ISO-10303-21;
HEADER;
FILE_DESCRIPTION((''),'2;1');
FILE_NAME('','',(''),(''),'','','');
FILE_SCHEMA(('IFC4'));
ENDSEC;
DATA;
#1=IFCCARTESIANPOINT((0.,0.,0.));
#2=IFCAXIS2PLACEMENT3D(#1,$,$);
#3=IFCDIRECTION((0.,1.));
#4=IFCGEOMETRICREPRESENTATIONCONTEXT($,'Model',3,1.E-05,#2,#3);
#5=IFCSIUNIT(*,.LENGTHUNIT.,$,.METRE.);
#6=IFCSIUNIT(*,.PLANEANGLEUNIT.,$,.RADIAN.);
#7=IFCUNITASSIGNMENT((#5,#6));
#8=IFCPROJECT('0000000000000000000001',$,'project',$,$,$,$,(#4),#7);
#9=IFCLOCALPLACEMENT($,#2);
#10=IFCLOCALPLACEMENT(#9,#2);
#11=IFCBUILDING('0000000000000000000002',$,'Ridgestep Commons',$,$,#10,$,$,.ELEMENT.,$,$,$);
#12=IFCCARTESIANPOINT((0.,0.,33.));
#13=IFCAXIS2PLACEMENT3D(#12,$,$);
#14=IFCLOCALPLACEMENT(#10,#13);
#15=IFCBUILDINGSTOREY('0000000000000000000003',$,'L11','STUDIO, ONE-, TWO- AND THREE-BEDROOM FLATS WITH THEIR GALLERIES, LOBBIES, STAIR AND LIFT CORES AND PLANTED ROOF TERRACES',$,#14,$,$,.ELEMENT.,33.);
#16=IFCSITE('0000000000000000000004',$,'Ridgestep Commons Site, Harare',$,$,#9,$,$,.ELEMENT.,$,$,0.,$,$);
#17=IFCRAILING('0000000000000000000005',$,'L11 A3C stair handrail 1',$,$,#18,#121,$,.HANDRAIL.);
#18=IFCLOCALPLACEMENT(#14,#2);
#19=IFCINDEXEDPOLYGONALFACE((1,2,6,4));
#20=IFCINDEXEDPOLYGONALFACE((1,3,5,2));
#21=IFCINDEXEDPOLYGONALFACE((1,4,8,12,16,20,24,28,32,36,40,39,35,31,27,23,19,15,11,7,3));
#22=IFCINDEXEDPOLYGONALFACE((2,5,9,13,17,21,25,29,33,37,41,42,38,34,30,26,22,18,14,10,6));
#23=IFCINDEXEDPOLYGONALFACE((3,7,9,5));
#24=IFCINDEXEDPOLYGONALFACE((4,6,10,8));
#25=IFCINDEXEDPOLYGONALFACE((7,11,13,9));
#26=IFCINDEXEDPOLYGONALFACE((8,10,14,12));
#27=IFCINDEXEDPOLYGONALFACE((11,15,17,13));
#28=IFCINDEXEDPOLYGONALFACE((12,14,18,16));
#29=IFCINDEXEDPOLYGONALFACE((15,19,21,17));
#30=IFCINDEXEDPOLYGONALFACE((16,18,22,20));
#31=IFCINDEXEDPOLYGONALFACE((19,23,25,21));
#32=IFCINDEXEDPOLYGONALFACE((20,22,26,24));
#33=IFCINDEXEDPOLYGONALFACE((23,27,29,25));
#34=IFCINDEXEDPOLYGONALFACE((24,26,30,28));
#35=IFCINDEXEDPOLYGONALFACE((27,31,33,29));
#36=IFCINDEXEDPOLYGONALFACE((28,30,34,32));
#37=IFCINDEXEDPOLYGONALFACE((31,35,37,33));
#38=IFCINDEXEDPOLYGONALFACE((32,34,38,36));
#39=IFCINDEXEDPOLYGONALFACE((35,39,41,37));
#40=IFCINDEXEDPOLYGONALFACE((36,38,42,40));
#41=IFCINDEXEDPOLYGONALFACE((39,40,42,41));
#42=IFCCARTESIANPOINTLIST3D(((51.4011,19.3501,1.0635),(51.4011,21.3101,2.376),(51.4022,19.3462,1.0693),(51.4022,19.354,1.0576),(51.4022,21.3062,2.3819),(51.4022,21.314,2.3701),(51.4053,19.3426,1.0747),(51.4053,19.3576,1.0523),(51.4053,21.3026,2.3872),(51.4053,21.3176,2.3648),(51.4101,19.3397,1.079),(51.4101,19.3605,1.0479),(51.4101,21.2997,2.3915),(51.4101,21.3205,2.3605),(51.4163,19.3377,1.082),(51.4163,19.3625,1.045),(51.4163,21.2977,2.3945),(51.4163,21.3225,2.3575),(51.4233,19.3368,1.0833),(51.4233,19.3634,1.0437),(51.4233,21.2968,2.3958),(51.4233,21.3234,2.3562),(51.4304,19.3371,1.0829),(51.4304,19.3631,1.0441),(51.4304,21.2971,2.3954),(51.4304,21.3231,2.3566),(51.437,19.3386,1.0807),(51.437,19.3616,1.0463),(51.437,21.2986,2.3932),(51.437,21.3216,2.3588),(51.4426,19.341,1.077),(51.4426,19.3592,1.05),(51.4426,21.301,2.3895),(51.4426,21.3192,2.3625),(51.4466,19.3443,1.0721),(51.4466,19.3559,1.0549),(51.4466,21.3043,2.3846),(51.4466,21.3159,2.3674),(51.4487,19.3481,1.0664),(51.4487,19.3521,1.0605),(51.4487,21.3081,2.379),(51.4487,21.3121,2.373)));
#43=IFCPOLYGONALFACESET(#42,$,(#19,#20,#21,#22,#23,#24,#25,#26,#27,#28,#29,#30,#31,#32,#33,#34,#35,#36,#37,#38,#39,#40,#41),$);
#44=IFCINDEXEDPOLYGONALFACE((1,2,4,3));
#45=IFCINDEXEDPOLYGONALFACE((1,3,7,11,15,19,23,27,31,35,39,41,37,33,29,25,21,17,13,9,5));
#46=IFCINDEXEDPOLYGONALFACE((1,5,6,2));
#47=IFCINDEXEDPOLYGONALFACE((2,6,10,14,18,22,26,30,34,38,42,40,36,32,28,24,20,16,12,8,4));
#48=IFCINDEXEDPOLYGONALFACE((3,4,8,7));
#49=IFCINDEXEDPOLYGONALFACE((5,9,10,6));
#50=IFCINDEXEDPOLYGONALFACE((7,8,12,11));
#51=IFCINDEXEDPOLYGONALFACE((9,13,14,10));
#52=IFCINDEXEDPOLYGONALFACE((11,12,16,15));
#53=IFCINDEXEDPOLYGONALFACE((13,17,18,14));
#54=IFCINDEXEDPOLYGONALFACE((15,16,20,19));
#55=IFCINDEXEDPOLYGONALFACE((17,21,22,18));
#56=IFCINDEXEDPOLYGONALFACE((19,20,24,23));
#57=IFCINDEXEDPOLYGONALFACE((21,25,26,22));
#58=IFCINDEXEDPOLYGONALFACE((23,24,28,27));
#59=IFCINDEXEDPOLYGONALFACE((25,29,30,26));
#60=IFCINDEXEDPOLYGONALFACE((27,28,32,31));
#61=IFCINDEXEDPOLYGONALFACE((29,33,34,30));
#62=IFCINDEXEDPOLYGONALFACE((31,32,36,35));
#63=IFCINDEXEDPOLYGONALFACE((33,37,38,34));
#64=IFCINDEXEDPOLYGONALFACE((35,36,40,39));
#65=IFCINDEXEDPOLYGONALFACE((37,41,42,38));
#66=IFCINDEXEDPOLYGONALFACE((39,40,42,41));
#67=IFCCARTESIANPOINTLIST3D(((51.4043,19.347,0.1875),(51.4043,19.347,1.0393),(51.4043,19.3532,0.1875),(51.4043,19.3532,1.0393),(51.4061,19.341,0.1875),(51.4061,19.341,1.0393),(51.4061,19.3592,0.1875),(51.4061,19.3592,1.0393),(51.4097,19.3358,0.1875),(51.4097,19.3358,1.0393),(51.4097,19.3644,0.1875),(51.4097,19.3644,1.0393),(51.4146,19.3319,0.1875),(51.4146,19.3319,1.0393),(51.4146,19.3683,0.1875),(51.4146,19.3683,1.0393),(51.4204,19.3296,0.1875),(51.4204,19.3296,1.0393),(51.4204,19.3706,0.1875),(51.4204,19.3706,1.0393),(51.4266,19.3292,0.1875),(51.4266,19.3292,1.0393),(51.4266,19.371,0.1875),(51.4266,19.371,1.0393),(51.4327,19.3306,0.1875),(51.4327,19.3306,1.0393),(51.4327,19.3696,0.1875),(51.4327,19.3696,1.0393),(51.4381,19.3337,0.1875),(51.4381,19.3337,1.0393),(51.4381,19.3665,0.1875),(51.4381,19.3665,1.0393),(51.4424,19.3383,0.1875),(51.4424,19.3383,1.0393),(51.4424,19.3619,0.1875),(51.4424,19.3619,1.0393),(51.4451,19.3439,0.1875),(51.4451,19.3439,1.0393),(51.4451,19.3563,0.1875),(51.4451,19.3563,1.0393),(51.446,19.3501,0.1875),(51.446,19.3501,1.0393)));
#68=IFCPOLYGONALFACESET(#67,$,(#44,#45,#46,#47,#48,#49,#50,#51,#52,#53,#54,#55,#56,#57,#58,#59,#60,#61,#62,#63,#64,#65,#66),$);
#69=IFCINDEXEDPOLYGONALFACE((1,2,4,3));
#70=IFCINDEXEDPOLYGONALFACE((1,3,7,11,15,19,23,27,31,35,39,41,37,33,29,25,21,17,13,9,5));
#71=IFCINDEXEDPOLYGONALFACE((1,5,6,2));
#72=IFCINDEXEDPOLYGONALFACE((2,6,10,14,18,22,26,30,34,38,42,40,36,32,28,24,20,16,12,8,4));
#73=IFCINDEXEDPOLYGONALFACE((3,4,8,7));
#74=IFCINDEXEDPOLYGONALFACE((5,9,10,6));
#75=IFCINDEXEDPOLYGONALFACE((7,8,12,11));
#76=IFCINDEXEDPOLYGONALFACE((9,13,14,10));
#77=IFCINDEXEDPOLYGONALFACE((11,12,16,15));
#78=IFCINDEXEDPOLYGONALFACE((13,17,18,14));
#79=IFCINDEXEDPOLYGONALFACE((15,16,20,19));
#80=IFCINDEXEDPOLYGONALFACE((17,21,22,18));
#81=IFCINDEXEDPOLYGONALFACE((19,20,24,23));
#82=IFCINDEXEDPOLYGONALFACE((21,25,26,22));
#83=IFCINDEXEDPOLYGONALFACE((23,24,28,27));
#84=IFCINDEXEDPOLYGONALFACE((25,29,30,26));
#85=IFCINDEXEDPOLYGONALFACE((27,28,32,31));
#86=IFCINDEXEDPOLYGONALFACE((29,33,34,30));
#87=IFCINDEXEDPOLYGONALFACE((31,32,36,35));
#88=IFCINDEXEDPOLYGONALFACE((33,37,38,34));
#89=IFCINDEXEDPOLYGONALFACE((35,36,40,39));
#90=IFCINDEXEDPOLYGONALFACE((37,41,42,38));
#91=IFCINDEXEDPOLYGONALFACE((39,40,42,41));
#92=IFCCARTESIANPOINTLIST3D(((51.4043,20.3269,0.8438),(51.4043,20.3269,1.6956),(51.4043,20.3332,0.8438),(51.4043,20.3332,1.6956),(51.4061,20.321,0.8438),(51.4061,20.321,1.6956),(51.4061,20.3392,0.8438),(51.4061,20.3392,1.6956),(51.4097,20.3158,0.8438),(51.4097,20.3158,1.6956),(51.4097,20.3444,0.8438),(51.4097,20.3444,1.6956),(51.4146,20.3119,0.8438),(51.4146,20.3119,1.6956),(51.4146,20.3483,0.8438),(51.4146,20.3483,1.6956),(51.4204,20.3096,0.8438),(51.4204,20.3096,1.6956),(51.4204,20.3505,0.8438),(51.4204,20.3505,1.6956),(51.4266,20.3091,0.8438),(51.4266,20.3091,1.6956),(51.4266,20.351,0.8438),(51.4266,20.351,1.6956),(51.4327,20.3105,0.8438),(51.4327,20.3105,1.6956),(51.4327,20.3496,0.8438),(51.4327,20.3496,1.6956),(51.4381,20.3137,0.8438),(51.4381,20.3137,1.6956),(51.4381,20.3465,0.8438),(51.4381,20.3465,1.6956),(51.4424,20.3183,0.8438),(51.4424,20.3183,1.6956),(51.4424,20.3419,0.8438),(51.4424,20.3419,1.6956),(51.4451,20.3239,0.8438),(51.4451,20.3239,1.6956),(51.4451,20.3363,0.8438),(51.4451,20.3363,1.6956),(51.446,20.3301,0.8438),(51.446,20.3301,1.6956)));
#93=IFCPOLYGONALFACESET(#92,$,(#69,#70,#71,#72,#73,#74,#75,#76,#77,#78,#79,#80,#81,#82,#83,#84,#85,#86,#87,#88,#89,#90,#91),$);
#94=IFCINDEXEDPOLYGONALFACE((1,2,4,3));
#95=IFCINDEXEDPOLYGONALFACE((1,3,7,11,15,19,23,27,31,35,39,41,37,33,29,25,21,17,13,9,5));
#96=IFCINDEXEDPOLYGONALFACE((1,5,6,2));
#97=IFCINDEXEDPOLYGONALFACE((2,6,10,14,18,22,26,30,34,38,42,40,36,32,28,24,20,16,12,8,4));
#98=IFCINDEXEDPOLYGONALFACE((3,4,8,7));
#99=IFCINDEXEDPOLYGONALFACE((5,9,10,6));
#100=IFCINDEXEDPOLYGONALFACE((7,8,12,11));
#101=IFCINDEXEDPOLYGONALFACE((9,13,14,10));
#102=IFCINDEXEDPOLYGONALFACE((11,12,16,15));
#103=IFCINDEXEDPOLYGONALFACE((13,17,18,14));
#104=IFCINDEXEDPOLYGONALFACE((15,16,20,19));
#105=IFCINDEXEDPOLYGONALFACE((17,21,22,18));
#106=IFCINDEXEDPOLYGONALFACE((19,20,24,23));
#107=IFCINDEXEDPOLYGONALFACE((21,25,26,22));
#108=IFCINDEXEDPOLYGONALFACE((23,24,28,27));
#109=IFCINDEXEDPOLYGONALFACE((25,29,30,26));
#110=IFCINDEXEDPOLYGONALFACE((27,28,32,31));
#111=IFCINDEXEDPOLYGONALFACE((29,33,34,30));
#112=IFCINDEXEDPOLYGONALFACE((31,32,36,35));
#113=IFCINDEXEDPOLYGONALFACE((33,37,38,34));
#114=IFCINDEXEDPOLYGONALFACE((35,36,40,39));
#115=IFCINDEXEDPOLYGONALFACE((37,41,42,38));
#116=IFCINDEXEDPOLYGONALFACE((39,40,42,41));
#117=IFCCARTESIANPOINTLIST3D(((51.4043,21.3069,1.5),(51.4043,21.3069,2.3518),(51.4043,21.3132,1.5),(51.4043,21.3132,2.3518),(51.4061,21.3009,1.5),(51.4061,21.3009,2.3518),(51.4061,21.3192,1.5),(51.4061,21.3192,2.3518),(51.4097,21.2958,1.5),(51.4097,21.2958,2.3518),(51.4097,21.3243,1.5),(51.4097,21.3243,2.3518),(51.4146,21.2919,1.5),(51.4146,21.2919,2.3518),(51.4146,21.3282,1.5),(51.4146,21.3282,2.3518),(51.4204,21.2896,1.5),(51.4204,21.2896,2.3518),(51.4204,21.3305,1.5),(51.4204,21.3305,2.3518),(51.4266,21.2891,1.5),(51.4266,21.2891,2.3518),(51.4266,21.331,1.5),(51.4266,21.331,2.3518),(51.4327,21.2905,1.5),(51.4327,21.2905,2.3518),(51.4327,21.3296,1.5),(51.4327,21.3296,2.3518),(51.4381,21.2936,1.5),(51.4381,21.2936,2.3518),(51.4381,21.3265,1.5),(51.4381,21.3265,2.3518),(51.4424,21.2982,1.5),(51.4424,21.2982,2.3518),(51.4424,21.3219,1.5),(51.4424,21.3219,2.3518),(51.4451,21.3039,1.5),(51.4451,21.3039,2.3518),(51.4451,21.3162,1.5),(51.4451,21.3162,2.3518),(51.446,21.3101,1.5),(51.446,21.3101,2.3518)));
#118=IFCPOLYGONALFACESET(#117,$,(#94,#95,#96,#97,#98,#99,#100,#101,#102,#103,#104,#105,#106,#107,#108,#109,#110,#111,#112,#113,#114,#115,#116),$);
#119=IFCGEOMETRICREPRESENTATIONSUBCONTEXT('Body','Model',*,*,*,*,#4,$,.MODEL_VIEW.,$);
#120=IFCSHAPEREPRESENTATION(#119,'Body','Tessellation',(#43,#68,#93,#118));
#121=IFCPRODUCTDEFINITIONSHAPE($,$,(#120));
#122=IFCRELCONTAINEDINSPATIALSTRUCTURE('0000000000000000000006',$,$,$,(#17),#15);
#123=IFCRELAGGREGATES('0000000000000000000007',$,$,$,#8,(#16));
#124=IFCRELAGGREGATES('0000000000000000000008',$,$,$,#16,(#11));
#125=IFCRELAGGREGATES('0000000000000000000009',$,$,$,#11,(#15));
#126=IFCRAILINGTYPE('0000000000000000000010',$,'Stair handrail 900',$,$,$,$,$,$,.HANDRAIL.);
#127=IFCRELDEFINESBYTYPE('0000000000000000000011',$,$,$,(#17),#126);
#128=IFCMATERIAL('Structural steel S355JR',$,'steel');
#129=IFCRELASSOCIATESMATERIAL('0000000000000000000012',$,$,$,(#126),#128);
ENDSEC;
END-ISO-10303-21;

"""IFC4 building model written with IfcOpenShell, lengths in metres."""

from ifc_helpers import new_model, si_unit, direction, frame, origin, origin_2d, place, context, subcontext, project, spatial, circle, extrude, material, type_object, element, save


model = new_model("IFC4")

# Units and contexts
model_context = context("Model", 3, precision=1e-05, world=origin(), true_north=direction((0.0, 1.0)))
body_context = subcontext(model_context, "Body", "Model", "MODEL_VIEW")
ifc_project = project(units=[si_unit("LENGTHUNIT", "METRE"), si_unit("PLANEANGLEUNIT", "RADIAN")], contexts=[model_context])

# Site, building, storey
site_placement = place(None, origin())
site = spatial("IfcSite", under=ifc_project, at=site_placement, Name="Ridgestep Commons Site, Harare", CompositionType="ELEMENT", RefElevation=0.0)
building_placement = place(site_placement, origin())
building = spatial("IfcBuilding", under=site, at=building_placement, Name="Ridgestep Commons", CompositionType="ELEMENT")
storey_placement = place(building_placement, frame((0.0, 0.0, 33.0)))
storey = spatial("IfcBuildingStorey", under=building, at=storey_placement, Name="L11", Description="STUDIO, ONE-, TWO- AND THREE-BEDROOM FLATS WITH THEIR GALLERIES, LOBBIES, STAIR AND LIFT CORES AND PLANTED ROOF TERRACES", CompositionType="ELEMENT", Elevation=33.0)

# Railing
ifc_material_1 = material(Name="Structural steel S355JR", Category="steel")
railing_type_1 = type_object("IfcRailingType", Name="Stair handrail 900", PredefinedType="HANDRAIL", material=ifc_material_1)
railing_1_placement = place(storey_placement, frame((51.425, 19.3501, 0.1875)))
element("IfcRailing", 1, at=railing_1_placement, inside=storey, type_object=railing_type_1, Name="L11 A3C stair handrail 1", PredefinedType="HANDRAIL", context=body_context, shape_type="SweptSolid", body=[
    extrude(circle(Radius=0.0239, at=origin_2d()), frame((0.0, 0.0, 0.876), z_axis=(0.0, 0.830902, 0.556419), x_axis=(-1.0, 0.0, 0.0)), (0.0, 0.0, 1.0), 2.3589),
    extrude(circle(Radius=0.021, at=origin_2d()), origin(), (0.0, 0.0, 1.0), 0.8518),
    extrude(circle(Radius=0.021, at=origin_2d()), frame((0.0, 0.98, 0.6562)), (0.0, 0.0, 1.0), 0.8518),
    extrude(circle(Radius=0.021, at=origin_2d()), frame((0.0, 1.96, 1.3125)), (0.0, 0.0, 1.0), 0.8518),
])

save(model, "model.ifc")
